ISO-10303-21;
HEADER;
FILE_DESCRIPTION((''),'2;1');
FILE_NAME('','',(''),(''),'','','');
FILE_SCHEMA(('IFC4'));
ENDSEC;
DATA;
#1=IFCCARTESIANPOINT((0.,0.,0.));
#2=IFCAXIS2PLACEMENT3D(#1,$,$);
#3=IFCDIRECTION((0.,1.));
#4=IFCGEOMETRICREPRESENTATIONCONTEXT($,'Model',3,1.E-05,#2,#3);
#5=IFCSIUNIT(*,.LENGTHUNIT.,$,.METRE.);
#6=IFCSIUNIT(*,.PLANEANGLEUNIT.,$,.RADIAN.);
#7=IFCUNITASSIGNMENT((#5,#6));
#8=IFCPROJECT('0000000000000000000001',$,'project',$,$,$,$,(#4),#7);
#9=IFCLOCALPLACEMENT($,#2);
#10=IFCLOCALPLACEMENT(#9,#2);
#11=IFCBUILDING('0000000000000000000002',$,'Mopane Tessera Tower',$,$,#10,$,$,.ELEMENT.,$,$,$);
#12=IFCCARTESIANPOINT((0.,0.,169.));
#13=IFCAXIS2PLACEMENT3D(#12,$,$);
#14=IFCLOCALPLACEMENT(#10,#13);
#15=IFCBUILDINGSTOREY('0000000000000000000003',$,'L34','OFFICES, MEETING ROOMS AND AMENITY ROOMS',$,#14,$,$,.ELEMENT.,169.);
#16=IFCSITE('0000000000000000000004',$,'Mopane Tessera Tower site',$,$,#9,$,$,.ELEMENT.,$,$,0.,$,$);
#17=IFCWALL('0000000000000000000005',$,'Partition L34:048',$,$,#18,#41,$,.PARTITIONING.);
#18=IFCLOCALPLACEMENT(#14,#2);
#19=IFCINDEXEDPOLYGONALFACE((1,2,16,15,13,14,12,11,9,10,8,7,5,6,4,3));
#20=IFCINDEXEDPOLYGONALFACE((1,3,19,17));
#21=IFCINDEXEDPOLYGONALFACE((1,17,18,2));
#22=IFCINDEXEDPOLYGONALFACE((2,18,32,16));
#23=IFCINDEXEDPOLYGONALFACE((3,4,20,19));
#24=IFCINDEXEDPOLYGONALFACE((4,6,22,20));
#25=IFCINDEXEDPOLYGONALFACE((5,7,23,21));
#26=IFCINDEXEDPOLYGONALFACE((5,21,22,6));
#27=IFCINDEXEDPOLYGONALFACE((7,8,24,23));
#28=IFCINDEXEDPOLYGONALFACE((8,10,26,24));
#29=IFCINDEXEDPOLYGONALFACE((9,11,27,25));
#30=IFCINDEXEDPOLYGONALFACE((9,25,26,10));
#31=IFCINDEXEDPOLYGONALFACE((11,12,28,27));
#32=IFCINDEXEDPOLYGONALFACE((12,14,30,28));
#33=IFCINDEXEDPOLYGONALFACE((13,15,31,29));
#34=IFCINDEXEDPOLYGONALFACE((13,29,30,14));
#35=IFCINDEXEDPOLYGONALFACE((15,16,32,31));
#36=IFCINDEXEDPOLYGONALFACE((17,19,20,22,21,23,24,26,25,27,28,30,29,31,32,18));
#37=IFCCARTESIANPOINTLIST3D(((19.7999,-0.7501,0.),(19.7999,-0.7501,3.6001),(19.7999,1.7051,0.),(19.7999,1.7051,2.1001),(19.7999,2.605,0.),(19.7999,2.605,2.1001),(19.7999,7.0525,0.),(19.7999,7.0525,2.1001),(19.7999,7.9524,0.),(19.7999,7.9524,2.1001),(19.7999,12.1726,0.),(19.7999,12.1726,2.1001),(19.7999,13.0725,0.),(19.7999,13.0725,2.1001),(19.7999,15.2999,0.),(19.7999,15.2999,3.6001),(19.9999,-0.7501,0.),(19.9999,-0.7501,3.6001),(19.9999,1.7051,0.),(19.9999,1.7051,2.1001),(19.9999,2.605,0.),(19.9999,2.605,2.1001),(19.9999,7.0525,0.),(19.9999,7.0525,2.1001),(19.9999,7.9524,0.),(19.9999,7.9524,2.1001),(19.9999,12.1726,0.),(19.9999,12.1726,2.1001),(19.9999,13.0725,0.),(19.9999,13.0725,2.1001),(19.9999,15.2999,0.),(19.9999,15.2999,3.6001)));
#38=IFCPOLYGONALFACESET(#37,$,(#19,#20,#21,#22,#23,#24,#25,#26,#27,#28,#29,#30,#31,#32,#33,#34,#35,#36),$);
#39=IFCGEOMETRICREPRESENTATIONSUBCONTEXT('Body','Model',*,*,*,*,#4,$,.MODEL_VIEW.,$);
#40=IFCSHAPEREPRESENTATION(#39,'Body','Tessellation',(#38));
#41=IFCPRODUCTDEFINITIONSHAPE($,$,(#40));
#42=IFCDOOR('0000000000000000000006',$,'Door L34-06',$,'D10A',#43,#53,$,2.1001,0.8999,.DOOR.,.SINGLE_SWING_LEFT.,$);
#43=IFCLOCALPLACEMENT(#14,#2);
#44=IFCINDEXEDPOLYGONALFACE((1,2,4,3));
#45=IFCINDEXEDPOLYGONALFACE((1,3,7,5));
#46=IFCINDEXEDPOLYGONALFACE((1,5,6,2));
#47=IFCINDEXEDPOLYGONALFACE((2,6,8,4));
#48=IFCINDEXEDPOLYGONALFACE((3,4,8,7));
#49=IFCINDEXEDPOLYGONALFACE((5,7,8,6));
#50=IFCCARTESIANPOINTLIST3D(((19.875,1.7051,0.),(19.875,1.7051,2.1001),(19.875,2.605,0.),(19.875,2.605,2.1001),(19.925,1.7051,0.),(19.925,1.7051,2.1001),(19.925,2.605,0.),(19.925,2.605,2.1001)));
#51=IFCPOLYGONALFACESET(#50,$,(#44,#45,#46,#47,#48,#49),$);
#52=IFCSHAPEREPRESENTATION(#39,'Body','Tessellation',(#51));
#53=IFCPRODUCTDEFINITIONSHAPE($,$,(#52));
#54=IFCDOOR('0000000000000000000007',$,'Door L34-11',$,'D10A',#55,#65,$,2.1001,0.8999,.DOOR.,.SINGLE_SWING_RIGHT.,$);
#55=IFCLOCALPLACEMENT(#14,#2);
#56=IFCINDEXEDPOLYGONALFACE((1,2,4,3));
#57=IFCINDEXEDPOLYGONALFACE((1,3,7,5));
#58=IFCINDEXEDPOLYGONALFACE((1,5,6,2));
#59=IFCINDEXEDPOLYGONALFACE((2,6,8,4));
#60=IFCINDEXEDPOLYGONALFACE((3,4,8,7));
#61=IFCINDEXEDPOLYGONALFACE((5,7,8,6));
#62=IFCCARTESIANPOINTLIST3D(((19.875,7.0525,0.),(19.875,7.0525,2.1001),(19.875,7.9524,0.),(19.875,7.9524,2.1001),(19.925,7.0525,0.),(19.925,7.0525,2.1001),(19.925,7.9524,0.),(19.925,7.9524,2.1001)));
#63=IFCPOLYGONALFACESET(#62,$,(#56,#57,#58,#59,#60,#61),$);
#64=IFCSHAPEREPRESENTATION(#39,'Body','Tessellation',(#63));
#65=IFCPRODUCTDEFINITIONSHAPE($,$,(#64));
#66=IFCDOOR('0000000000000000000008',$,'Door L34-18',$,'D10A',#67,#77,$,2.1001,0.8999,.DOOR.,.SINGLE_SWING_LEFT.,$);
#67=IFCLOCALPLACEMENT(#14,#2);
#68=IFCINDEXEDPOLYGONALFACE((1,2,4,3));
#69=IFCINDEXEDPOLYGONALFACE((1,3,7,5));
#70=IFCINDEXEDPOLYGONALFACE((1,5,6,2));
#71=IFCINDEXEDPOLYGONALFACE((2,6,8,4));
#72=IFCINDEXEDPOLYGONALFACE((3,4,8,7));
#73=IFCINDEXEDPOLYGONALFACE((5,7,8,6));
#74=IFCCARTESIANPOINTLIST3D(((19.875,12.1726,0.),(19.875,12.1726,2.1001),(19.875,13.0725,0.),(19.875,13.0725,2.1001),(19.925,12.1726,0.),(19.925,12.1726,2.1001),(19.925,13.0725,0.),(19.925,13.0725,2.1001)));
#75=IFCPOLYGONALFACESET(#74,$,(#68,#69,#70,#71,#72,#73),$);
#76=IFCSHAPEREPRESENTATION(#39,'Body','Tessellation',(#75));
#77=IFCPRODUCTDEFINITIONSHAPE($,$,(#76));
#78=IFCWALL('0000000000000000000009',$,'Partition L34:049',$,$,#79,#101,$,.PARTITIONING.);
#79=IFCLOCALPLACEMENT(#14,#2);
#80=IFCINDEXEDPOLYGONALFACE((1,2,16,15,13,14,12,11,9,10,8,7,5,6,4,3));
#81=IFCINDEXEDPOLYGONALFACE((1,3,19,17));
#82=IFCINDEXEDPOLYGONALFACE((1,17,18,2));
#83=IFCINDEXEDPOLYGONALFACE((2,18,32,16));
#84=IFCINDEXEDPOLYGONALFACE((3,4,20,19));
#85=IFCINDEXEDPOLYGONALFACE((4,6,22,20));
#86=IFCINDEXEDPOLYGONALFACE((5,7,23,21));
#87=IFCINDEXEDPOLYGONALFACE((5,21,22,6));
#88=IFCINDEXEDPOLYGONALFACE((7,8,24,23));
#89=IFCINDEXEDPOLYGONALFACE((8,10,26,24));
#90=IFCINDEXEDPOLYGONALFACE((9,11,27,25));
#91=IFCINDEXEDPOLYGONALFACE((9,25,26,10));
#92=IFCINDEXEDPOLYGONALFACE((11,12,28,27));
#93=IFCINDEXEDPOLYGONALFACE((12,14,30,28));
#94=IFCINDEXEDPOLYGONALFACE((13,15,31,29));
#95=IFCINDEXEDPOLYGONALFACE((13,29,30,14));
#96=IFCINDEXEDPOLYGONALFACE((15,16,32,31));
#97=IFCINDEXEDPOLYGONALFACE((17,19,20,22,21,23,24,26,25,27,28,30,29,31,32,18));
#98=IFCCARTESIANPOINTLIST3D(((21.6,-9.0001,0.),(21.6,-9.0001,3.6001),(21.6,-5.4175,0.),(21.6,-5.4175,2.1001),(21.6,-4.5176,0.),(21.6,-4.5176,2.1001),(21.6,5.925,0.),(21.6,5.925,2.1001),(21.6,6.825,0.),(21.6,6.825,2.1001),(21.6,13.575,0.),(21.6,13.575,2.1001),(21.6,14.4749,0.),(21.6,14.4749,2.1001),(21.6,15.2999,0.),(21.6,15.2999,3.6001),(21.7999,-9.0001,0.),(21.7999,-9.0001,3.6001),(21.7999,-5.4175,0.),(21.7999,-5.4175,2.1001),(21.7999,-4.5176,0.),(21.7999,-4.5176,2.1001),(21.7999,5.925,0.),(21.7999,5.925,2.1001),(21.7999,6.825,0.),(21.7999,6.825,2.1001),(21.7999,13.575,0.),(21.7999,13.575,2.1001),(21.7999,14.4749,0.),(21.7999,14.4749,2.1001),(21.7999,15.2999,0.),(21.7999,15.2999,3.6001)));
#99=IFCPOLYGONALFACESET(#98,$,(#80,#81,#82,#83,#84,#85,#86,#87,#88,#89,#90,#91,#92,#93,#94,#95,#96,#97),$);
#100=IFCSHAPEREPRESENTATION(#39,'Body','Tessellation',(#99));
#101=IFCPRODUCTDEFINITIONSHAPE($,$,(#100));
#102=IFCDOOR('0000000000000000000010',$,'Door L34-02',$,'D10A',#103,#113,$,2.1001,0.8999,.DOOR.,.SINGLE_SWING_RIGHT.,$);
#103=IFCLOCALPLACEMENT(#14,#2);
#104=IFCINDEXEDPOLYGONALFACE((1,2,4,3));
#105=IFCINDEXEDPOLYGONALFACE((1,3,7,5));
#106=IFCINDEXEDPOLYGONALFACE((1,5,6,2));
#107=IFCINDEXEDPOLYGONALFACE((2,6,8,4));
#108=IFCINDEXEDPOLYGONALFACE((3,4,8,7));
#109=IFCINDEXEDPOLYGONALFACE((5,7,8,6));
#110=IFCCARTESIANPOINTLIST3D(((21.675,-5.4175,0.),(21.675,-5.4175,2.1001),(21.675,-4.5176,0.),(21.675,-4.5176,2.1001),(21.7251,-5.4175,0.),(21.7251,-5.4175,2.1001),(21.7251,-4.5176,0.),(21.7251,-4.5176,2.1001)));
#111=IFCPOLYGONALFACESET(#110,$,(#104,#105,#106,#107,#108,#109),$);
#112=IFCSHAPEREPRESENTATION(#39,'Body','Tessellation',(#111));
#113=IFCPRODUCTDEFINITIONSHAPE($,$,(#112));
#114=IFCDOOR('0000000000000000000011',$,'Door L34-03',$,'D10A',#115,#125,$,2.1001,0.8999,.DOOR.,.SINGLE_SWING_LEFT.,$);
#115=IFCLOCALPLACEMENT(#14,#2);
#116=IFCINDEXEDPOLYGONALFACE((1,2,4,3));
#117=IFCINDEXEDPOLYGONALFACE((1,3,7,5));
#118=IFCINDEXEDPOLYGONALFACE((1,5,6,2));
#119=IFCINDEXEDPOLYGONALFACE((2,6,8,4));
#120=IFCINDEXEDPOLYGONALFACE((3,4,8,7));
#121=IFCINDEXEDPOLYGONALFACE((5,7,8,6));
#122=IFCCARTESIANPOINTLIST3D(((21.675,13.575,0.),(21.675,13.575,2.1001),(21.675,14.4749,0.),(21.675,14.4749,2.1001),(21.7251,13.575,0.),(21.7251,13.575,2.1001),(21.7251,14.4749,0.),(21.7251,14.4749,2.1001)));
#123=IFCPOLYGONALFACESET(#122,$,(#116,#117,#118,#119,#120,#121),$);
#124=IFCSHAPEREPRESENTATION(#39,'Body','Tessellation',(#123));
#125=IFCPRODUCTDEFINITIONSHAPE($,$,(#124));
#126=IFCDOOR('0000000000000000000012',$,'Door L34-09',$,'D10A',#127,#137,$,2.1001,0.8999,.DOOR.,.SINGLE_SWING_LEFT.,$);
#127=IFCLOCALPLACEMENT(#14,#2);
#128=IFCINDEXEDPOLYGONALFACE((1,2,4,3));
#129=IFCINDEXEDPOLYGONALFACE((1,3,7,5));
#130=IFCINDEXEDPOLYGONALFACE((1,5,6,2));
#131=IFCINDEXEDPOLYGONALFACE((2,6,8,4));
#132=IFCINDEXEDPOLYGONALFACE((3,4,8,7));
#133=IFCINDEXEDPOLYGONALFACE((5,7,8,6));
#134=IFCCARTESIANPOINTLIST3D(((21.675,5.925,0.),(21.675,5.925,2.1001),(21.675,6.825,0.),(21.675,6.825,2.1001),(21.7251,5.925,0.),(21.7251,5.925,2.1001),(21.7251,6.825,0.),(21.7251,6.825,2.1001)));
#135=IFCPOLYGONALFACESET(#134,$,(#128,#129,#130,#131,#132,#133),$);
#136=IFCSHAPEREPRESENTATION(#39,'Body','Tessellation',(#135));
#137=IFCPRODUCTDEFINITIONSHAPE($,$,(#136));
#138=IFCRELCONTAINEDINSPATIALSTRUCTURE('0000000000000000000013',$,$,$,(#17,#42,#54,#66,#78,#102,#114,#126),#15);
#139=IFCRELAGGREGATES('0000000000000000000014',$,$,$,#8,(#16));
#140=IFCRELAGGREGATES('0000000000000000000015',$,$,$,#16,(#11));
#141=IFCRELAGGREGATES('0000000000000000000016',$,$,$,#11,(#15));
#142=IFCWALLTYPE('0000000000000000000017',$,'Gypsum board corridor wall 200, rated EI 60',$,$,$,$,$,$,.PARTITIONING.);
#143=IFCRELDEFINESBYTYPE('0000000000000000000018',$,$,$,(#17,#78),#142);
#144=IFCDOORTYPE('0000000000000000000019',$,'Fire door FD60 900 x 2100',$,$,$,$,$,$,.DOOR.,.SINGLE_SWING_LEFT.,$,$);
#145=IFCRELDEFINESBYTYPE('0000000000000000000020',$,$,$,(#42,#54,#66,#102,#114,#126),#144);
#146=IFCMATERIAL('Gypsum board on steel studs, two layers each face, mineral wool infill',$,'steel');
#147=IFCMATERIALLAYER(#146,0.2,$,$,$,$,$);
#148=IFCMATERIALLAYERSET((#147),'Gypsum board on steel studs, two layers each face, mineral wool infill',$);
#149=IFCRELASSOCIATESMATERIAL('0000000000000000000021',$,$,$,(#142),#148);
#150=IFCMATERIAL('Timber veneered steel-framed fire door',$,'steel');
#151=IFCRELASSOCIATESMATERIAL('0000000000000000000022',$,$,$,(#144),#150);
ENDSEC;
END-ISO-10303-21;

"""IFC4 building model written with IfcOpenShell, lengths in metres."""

from ifc_helpers import new_model, si_unit, direction, frame, frame_2d, origin, place, context, subcontext, project, spatial, rectangle, extrude, material, layer, layer_set, type_object, element, fill, save


model = new_model("IFC4")

# Units and contexts
model_context = context("Model", 3, precision=1e-05, world=origin(), true_north=direction((0.0, 1.0)))
body_context = subcontext(model_context, "Body", "Model", "MODEL_VIEW")
ifc_project = project(units=[si_unit("LENGTHUNIT", "METRE"), si_unit("PLANEANGLEUNIT", "RADIAN")], contexts=[model_context])

# Site, building, storey
site_placement = place(None, origin())
site = spatial("IfcSite", under=ifc_project, at=site_placement, Name="Mopane Tessera Tower site", CompositionType="ELEMENT", RefElevation=0.0)
building_placement = place(site_placement, origin())
building = spatial("IfcBuilding", under=site, at=building_placement, Name="Mopane Tessera Tower", CompositionType="ELEMENT")
storey_placement = place(building_placement, frame((0.0, 0.0, 169.0)))
storey = spatial("IfcBuildingStorey", under=building, at=storey_placement, Name="L34", Description="OFFICES, MEETING ROOMS AND AMENITY ROOMS", CompositionType="ELEMENT", Elevation=169.0)

# Shared definitions
ifc_material_1 = material(Name="Gypsum board on steel studs, two layers each face, mineral wool infill", Category="steel")
ifc_layer_1 = layer(ifc_material_1, 0.2)
ifc_layer_set_1 = layer_set([ifc_layer_1], Name="Gypsum board on steel studs, two layers each face, mineral wool infill")
wall_type_1 = type_object("IfcWallType", Name="Gypsum board corridor wall 200, rated EI 60", PredefinedType="PARTITIONING", material=ifc_layer_set_1)

# Shared definitions
ifc_material_2 = material(Name="Timber veneered steel-framed fire door", Category="steel")
door_type_1 = type_object("IfcDoorType", Name="Fire door FD60 900 x 2100", OperationType="SINGLE_SWING_LEFT", PredefinedType="DOOR", material=ifc_material_2)

# Walls, openings, doors
wall_1_placement = place(storey_placement, frame((19.8999, -0.75, 0.0), z_axis=(0.0, 0.0, 1.0), x_axis=(0.0, 1.0, 0.0)))
wall_1 = element("IfcWall", 1, at=wall_1_placement, inside=storey, type_object=wall_type_1, Name="Partition L34:048", PredefinedType="PARTITIONING", context=body_context, shape_type="SweptSolid", body=[
    extrude(rectangle(XDim=16.05, YDim=0.2, at=frame_2d((8.0249, 0.0))), origin(), (0.0, 0.0, 1.0), 3.6001),
])
opening_1_placement = place(wall_1_placement, frame((2.4551, 0.0, 0.0)))
opening_1 = element("IfcOpeningElement", 2, at=opening_1_placement, cuts=wall_1, PredefinedType="OPENING", context=body_context, shape_type="SweptSolid", body=[
    extrude(rectangle(XDim=0.8999, YDim=2.1001, at=frame_2d((0.45, 1.05))), frame((0.0, 0.1121, 0.0), z_axis=(0.0, -1.0, 0.0), x_axis=(1.0, 0.0, 0.0)), (0.0, 0.0, 1.0), 0.2239),
])
opening_2_placement = place(wall_1_placement, frame((7.8025, 0.0, 0.0)))
opening_2 = element("IfcOpeningElement", 3, at=opening_2_placement, cuts=wall_1, PredefinedType="OPENING", context=body_context, shape_type="SweptSolid", body=[
    extrude(rectangle(XDim=0.8999, YDim=2.1001, at=frame_2d((0.45, 1.05))), frame((0.0, 0.1121, 0.0), z_axis=(0.0, -1.0, 0.0), x_axis=(1.0, 0.0, 0.0)), (0.0, 0.0, 1.0), 0.2239),
])
opening_3_placement = place(wall_1_placement, frame((12.9226, 0.0, 0.0)))
opening_3 = element("IfcOpeningElement", 4, at=opening_3_placement, cuts=wall_1, PredefinedType="OPENING", context=body_context, shape_type="SweptSolid", body=[
    extrude(rectangle(XDim=0.8999, YDim=2.1001, at=frame_2d((0.45, 1.05))), frame((0.0, 0.1121, 0.0), z_axis=(0.0, -1.0, 0.0), x_axis=(1.0, 0.0, 0.0)), (0.0, 0.0, 1.0), 0.2239),
])
door_1_placement = place(opening_1_placement, origin())
door_1 = element("IfcDoor", 5, at=door_1_placement, inside=storey, type_object=door_type_1, Name="Door L34-06", ObjectType="D10A", OperationType="SINGLE_SWING_LEFT", OverallHeight=2.1001, OverallWidth=0.8999, PredefinedType="DOOR", context=body_context, shape_type="SweptSolid", body=[
    extrude(rectangle(XDim=0.8999, YDim=2.1001, at=frame_2d((0.45, 1.05))), frame((0.0, 0.0249, 0.0), z_axis=(0.0, -1.0, 0.0), x_axis=(1.0, 0.0, 0.0)), (0.0, 0.0, 1.0), 0.05),
])
fill(opening_1, door_1)
door_2_placement = place(opening_2_placement, origin())
door_2 = element("IfcDoor", 6, at=door_2_placement, inside=storey, type_object=door_type_1, Name="Door L34-11", ObjectType="D10A", OperationType="SINGLE_SWING_RIGHT", OverallHeight=2.1001, OverallWidth=0.8999, PredefinedType="DOOR", context=body_context, shape_type="SweptSolid", body=[
    extrude(rectangle(XDim=0.8999, YDim=2.1001, at=frame_2d((0.45, 1.05))), frame((0.0, 0.0249, 0.0), z_axis=(0.0, -1.0, 0.0), x_axis=(1.0, 0.0, 0.0)), (0.0, 0.0, 1.0), 0.05),
])
fill(opening_2, door_2)
door_3_placement = place(opening_3_placement, origin())
door_3 = element("IfcDoor", 7, at=door_3_placement, inside=storey, type_object=door_type_1, Name="Door L34-18", ObjectType="D10A", OperationType="SINGLE_SWING_LEFT", OverallHeight=2.1001, OverallWidth=0.8999, PredefinedType="DOOR", context=body_context, shape_type="SweptSolid", body=[
    extrude(rectangle(XDim=0.8999, YDim=2.1001, at=frame_2d((0.45, 1.05))), frame((0.0, 0.0249, 0.0), z_axis=(0.0, -1.0, 0.0), x_axis=(1.0, 0.0, 0.0)), (0.0, 0.0, 1.0), 0.05),
])
fill(opening_3, door_3)
wall_2_placement = place(storey_placement, frame((21.7, -9.0, 0.0), z_axis=(0.0, 0.0, 1.0), x_axis=(0.0, 1.0, 0.0)))
wall_2 = element("IfcWall", 8, at=wall_2_placement, inside=storey, type_object=wall_type_1, Name="Partition L34:049", PredefinedType="PARTITIONING", context=body_context, shape_type="SweptSolid", body=[
    extrude(rectangle(XDim=24.3, YDim=0.2, at=frame_2d((12.1499, 0.0))), origin(), (0.0, 0.0, 1.0), 3.6001),
])
opening_4_placement = place(wall_2_placement, frame((3.5825, 0.0, 0.0)))
opening_4 = element("IfcOpeningElement", 9, at=opening_4_placement, cuts=wall_2, PredefinedType="OPENING", context=body_context, shape_type="SweptSolid", body=[
    extrude(rectangle(XDim=0.8999, YDim=2.1001, at=frame_2d((0.45, 1.05))), frame((0.0, 0.1121, 0.0), z_axis=(0.0, -1.0, 0.0), x_axis=(1.0, 0.0, 0.0)), (0.0, 0.0, 1.0), 0.2239),
])
opening_5_placement = place(wall_2_placement, frame((22.575, 0.0, 0.0)))
opening_5 = element("IfcOpeningElement", 10, at=opening_5_placement, cuts=wall_2, PredefinedType="OPENING", context=body_context, shape_type="SweptSolid", body=[
    extrude(rectangle(XDim=0.8999, YDim=2.1001, at=frame_2d((0.45, 1.05))), frame((0.0, 0.1121, 0.0), z_axis=(0.0, -1.0, 0.0), x_axis=(1.0, 0.0, 0.0)), (0.0, 0.0, 1.0), 0.2239),
])
opening_6_placement = place(wall_2_placement, frame((14.925, 0.0, 0.0)))
opening_6 = element("IfcOpeningElement", 11, at=opening_6_placement, cuts=wall_2, PredefinedType="OPENING", context=body_context, shape_type="SweptSolid", body=[
    extrude(rectangle(XDim=0.8999, YDim=2.1001, at=frame_2d((0.45, 1.05))), frame((0.0, 0.1121, 0.0), z_axis=(0.0, -1.0, 0.0), x_axis=(1.0, 0.0, 0.0)), (0.0, 0.0, 1.0), 0.2239),
])
door_4_placement = place(opening_4_placement, origin())
door_4 = element("IfcDoor", 12, at=door_4_placement, inside=storey, type_object=door_type_1, Name="Door L34-02", ObjectType="D10A", OperationType="SINGLE_SWING_RIGHT", OverallHeight=2.1001, OverallWidth=0.8999, PredefinedType="DOOR", context=body_context, shape_type="SweptSolid", body=[
    extrude(rectangle(XDim=0.8999, YDim=2.1001, at=frame_2d((0.45, 1.05))), frame((0.0, 0.0249, 0.0), z_axis=(0.0, -1.0, 0.0), x_axis=(1.0, 0.0, 0.0)), (0.0, 0.0, 1.0), 0.05),
])
fill(opening_4, door_4)
door_5_placement = place(opening_5_placement, origin())
door_5 = element("IfcDoor", 13, at=door_5_placement, inside=storey, type_object=door_type_1, Name="Door L34-03", ObjectType="D10A", OperationType="SINGLE_SWING_LEFT", OverallHeight=2.1001, OverallWidth=0.8999, PredefinedType="DOOR", context=body_context, shape_type="SweptSolid", body=[
    extrude(rectangle(XDim=0.8999, YDim=2.1001, at=frame_2d((0.45, 1.05))), frame((0.0, 0.0249, 0.0), z_axis=(0.0, -1.0, 0.0), x_axis=(1.0, 0.0, 0.0)), (0.0, 0.0, 1.0), 0.05),
])
fill(opening_5, door_5)
door_6_placement = place(opening_6_placement, origin())
door_6 = element("IfcDoor", 14, at=door_6_placement, inside=storey, type_object=door_type_1, Name="Door L34-09", ObjectType="D10A", OperationType="SINGLE_SWING_LEFT", OverallHeight=2.1001, OverallWidth=0.8999, PredefinedType="DOOR", context=body_context, shape_type="SweptSolid", body=[
    extrude(rectangle(XDim=0.8999, YDim=2.1001, at=frame_2d((0.45, 1.05))), frame((0.0, 0.0249, 0.0), z_axis=(0.0, -1.0, 0.0), x_axis=(1.0, 0.0, 0.0)), (0.0, 0.0, 1.0), 0.05),
])
fill(opening_6, door_6)

save(model, "model.ifc")
